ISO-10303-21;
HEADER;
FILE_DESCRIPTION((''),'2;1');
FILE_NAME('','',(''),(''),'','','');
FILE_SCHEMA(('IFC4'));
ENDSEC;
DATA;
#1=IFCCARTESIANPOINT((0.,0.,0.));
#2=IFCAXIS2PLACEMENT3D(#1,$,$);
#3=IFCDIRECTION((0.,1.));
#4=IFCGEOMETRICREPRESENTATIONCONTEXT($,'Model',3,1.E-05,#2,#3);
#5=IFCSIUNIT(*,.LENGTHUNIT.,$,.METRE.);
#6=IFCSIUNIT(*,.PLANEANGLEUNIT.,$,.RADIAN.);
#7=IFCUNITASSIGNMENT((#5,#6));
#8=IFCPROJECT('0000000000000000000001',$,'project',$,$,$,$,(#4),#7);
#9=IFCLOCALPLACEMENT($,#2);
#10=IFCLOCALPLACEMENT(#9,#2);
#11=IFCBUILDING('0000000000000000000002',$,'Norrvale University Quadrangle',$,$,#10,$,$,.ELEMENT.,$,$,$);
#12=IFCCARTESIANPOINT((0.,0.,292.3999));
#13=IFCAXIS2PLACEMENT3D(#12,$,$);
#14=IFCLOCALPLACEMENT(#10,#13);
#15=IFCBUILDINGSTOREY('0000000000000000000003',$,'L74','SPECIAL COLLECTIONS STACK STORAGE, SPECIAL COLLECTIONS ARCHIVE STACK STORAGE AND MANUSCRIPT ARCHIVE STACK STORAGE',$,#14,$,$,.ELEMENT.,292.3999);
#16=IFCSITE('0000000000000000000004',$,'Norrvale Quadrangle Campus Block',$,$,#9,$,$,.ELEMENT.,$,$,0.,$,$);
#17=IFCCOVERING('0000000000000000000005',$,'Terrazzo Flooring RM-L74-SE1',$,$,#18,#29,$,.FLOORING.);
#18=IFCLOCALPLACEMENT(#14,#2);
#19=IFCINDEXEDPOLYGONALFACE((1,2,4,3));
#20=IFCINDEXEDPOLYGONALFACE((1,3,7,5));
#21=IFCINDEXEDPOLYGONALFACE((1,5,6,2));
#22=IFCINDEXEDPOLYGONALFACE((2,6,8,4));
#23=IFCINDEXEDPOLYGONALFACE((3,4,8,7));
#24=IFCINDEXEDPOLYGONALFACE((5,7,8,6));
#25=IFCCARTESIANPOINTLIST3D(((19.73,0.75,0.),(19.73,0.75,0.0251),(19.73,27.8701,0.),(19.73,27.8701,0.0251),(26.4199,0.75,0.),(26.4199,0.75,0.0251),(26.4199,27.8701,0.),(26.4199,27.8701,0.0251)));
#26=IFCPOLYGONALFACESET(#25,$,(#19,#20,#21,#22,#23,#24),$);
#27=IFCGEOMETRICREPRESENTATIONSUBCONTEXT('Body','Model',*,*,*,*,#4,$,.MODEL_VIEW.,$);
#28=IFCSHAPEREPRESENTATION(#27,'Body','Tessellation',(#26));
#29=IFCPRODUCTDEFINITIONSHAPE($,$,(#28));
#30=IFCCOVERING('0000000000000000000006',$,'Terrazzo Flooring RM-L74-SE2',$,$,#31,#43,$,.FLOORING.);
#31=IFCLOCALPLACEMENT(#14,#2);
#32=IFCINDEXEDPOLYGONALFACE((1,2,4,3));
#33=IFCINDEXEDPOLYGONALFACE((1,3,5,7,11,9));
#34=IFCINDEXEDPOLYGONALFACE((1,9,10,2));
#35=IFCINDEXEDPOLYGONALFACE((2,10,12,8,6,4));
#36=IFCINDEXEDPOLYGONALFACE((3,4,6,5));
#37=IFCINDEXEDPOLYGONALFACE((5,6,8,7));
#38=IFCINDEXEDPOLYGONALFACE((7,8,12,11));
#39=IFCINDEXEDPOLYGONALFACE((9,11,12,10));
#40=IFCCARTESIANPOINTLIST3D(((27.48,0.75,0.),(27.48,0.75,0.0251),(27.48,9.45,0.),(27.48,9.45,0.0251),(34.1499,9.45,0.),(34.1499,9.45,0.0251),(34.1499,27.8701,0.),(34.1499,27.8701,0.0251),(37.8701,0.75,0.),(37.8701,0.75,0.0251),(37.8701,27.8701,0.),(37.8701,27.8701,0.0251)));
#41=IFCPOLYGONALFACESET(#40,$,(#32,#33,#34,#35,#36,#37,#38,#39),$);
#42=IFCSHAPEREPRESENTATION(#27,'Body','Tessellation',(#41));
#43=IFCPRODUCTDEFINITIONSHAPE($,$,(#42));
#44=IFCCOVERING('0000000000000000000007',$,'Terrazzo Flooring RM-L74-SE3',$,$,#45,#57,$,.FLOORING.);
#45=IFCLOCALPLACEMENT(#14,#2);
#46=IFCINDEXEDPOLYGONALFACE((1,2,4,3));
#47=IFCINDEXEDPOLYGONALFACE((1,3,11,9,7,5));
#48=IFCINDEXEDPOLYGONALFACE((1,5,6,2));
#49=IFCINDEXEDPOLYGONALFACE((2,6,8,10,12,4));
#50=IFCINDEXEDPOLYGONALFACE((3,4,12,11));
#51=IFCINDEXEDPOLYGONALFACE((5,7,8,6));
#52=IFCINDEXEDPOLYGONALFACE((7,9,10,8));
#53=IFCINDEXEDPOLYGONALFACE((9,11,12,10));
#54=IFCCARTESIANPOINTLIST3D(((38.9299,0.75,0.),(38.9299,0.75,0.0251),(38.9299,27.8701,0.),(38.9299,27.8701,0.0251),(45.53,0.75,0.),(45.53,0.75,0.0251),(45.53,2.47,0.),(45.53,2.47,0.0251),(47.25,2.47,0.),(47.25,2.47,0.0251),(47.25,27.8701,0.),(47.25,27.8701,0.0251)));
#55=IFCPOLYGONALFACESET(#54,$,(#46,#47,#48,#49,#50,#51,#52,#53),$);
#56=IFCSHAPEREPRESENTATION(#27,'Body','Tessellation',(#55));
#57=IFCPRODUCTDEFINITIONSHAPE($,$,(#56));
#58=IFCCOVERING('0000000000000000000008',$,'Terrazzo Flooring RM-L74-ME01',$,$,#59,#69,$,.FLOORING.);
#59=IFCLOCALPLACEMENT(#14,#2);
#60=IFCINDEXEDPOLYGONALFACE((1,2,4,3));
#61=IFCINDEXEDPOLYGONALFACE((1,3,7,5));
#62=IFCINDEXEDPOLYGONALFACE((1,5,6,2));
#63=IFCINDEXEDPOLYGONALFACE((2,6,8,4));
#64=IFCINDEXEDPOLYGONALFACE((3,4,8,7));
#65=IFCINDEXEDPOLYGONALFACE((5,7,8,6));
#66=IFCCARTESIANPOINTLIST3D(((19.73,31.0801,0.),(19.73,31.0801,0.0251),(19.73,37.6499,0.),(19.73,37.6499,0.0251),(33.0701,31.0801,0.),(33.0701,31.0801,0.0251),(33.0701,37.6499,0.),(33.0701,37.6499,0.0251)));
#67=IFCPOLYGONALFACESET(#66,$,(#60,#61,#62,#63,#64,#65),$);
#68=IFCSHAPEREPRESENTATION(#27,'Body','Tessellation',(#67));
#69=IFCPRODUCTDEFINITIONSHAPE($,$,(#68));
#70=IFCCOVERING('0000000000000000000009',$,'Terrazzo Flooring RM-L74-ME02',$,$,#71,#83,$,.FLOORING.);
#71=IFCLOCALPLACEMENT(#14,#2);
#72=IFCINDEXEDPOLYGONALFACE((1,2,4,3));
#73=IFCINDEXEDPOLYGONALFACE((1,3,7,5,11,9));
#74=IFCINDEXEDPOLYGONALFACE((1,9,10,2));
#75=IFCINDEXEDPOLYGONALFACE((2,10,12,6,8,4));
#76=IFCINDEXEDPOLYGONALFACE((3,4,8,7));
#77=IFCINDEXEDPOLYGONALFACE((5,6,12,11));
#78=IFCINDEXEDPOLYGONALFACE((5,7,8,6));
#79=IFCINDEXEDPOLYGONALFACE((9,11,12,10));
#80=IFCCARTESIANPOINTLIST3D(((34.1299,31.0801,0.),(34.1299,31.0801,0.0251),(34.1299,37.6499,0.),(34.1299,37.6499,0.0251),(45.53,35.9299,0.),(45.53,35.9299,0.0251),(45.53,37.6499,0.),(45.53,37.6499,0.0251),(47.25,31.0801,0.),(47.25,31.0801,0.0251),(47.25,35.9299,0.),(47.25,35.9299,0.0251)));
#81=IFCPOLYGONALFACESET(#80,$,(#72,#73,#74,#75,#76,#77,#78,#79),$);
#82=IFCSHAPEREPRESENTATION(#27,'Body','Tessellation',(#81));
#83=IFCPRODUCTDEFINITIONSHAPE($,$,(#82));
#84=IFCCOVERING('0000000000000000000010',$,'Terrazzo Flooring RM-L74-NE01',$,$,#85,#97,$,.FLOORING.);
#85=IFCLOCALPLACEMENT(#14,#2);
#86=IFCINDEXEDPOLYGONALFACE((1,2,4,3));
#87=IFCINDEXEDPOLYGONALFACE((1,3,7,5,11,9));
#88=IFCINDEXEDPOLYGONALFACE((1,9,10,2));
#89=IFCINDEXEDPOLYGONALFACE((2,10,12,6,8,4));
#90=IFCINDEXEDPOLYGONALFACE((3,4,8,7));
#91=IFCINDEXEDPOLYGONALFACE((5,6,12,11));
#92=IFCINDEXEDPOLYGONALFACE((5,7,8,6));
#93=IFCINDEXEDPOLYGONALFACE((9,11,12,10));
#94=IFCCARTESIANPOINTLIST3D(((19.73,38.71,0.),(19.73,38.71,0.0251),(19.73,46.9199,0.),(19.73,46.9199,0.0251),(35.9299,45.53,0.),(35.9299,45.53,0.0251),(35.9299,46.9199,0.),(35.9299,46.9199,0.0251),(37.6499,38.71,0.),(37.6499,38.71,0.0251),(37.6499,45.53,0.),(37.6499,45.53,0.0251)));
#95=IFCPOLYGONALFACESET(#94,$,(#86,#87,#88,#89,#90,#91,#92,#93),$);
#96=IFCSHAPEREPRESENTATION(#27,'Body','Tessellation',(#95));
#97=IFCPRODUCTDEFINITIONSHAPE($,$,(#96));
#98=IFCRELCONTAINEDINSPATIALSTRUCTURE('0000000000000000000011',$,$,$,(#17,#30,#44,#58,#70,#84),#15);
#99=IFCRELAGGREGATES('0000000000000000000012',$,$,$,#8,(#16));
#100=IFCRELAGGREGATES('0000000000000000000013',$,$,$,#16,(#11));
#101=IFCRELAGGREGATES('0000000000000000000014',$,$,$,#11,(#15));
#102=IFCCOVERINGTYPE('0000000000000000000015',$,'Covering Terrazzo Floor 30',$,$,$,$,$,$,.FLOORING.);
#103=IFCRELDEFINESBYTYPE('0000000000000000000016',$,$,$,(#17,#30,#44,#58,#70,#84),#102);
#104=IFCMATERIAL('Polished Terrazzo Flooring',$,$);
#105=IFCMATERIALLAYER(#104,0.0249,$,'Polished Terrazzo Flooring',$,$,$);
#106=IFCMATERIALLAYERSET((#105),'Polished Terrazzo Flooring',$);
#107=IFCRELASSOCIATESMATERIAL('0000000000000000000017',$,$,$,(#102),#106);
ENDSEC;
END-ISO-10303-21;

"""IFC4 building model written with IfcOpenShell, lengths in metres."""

from ifc_helpers import new_model, si_unit, direction, frame, origin, place, context, subcontext, project, spatial, polyline, outline, extrude, material, layer, layer_set, type_object, element, save


model = new_model("IFC4")

# Units and contexts
model_context = context("Model", 3, precision=1e-05, world=origin(), true_north=direction((0.0, 1.0)))
body_context = subcontext(model_context, "Body", "Model", "MODEL_VIEW")
ifc_project = project(units=[si_unit("LENGTHUNIT", "METRE"), si_unit("PLANEANGLEUNIT", "RADIAN")], contexts=[model_context])

# Site, building, storey
site_placement = place(None, origin())
site = spatial("IfcSite", under=ifc_project, at=site_placement, Name="Norrvale Quadrangle Campus Block", CompositionType="ELEMENT", RefElevation=0.0)
building_placement = place(site_placement, origin())
building = spatial("IfcBuilding", under=site, at=building_placement, Name="Norrvale University Quadrangle", CompositionType="ELEMENT")
storey_placement = place(building_placement, frame((0.0, 0.0, 292.3999)))
storey = spatial("IfcBuildingStorey", under=building, at=storey_placement, Name="L74", Description="SPECIAL COLLECTIONS STACK STORAGE, SPECIAL COLLECTIONS ARCHIVE STACK STORAGE AND MANUSCRIPT ARCHIVE STACK STORAGE", CompositionType="ELEMENT", Elevation=292.3999)

# Coverings
ifc_material_1 = material(Name="Polished Terrazzo Flooring")
ifc_layer_1 = layer(ifc_material_1, 0.0249, Name="Polished Terrazzo Flooring")
ifc_layer_set_1 = layer_set([ifc_layer_1], Name="Polished Terrazzo Flooring")
covering_type = type_object("IfcCoveringType", Name="Covering Terrazzo Floor 30", PredefinedType="FLOORING", material=ifc_layer_set_1)
covering_1_placement = place(storey_placement, origin())
element("IfcCovering", 1, at=covering_1_placement, inside=storey, type_object=covering_type, Name="Terrazzo Flooring RM-L74-SE1", PredefinedType="FLOORING", context=body_context, shape_type="SweptSolid", body=[
    extrude(outline(polyline([(19.73, 27.8701), (26.4199, 27.8701), (26.4199, 0.75), (19.73, 0.75), (19.73, 27.8701)])), origin(), (0.0, 0.0, 1.0), 0.0251),
])
covering_2_placement = place(storey_placement, origin())
element("IfcCovering", 2, at=covering_2_placement, inside=storey, type_object=covering_type, Name="Terrazzo Flooring RM-L74-SE2", PredefinedType="FLOORING", context=body_context, shape_type="SweptSolid", body=[
    extrude(outline(polyline([(27.48, 9.45), (34.1499, 9.45), (34.1499, 27.8701), (37.8701, 27.8701), (37.8701, 0.75), (27.48, 0.75), (27.48, 9.45)])), origin(), (0.0, 0.0, 1.0), 0.0251),
])
covering_3_placement = place(storey_placement, origin())
element("IfcCovering", 3, at=covering_3_placement, inside=storey, type_object=covering_type, Name="Terrazzo Flooring RM-L74-SE3", PredefinedType="FLOORING", context=body_context, shape_type="SweptSolid", body=[
    extrude(outline(polyline([(38.9299, 0.75), (38.9299, 27.8701), (47.25, 27.8701), (47.25, 2.47), (45.53, 2.47), (45.53, 0.75), (38.9299, 0.75)])), origin(), (0.0, 0.0, 1.0), 0.0251),
])
covering_4_placement = place(storey_placement, origin())
element("IfcCovering", 4, at=covering_4_placement, inside=storey, type_object=covering_type, Name="Terrazzo Flooring RM-L74-ME01", PredefinedType="FLOORING", context=body_context, shape_type="SweptSolid", body=[
    extrude(outline(polyline([(19.73, 37.6499), (33.0701, 37.6499), (33.0701, 31.0801), (19.73, 31.0801), (19.73, 37.6499)])), origin(), (0.0, 0.0, 1.0), 0.0251),
])
covering_5_placement = place(storey_placement, origin())
element("IfcCovering", 5, at=covering_5_placement, inside=storey, type_object=covering_type, Name="Terrazzo Flooring RM-L74-ME02", PredefinedType="FLOORING", context=body_context, shape_type="SweptSolid", body=[
    extrude(outline(polyline([(47.25, 31.0801), (34.1299, 31.0801), (34.1299, 37.6499), (45.53, 37.6499), (45.53, 35.9299), (47.25, 35.9299), (47.25, 31.0801)])), origin(), (0.0, 0.0, 1.0), 0.0251),
])
covering_6_placement = place(storey_placement, origin())
element("IfcCovering", 6, at=covering_6_placement, inside=storey, type_object=covering_type, Name="Terrazzo Flooring RM-L74-NE01", PredefinedType="FLOORING", context=body_context, shape_type="SweptSolid", body=[
    extrude(outline(polyline([(37.6499, 38.71), (19.73, 38.71), (19.73, 46.9199), (35.9299, 46.9199), (35.9299, 45.53), (37.6499, 45.53), (37.6499, 38.71)])), origin(), (0.0, 0.0, 1.0), 0.0251),
])

save(model, "model.ifc")
